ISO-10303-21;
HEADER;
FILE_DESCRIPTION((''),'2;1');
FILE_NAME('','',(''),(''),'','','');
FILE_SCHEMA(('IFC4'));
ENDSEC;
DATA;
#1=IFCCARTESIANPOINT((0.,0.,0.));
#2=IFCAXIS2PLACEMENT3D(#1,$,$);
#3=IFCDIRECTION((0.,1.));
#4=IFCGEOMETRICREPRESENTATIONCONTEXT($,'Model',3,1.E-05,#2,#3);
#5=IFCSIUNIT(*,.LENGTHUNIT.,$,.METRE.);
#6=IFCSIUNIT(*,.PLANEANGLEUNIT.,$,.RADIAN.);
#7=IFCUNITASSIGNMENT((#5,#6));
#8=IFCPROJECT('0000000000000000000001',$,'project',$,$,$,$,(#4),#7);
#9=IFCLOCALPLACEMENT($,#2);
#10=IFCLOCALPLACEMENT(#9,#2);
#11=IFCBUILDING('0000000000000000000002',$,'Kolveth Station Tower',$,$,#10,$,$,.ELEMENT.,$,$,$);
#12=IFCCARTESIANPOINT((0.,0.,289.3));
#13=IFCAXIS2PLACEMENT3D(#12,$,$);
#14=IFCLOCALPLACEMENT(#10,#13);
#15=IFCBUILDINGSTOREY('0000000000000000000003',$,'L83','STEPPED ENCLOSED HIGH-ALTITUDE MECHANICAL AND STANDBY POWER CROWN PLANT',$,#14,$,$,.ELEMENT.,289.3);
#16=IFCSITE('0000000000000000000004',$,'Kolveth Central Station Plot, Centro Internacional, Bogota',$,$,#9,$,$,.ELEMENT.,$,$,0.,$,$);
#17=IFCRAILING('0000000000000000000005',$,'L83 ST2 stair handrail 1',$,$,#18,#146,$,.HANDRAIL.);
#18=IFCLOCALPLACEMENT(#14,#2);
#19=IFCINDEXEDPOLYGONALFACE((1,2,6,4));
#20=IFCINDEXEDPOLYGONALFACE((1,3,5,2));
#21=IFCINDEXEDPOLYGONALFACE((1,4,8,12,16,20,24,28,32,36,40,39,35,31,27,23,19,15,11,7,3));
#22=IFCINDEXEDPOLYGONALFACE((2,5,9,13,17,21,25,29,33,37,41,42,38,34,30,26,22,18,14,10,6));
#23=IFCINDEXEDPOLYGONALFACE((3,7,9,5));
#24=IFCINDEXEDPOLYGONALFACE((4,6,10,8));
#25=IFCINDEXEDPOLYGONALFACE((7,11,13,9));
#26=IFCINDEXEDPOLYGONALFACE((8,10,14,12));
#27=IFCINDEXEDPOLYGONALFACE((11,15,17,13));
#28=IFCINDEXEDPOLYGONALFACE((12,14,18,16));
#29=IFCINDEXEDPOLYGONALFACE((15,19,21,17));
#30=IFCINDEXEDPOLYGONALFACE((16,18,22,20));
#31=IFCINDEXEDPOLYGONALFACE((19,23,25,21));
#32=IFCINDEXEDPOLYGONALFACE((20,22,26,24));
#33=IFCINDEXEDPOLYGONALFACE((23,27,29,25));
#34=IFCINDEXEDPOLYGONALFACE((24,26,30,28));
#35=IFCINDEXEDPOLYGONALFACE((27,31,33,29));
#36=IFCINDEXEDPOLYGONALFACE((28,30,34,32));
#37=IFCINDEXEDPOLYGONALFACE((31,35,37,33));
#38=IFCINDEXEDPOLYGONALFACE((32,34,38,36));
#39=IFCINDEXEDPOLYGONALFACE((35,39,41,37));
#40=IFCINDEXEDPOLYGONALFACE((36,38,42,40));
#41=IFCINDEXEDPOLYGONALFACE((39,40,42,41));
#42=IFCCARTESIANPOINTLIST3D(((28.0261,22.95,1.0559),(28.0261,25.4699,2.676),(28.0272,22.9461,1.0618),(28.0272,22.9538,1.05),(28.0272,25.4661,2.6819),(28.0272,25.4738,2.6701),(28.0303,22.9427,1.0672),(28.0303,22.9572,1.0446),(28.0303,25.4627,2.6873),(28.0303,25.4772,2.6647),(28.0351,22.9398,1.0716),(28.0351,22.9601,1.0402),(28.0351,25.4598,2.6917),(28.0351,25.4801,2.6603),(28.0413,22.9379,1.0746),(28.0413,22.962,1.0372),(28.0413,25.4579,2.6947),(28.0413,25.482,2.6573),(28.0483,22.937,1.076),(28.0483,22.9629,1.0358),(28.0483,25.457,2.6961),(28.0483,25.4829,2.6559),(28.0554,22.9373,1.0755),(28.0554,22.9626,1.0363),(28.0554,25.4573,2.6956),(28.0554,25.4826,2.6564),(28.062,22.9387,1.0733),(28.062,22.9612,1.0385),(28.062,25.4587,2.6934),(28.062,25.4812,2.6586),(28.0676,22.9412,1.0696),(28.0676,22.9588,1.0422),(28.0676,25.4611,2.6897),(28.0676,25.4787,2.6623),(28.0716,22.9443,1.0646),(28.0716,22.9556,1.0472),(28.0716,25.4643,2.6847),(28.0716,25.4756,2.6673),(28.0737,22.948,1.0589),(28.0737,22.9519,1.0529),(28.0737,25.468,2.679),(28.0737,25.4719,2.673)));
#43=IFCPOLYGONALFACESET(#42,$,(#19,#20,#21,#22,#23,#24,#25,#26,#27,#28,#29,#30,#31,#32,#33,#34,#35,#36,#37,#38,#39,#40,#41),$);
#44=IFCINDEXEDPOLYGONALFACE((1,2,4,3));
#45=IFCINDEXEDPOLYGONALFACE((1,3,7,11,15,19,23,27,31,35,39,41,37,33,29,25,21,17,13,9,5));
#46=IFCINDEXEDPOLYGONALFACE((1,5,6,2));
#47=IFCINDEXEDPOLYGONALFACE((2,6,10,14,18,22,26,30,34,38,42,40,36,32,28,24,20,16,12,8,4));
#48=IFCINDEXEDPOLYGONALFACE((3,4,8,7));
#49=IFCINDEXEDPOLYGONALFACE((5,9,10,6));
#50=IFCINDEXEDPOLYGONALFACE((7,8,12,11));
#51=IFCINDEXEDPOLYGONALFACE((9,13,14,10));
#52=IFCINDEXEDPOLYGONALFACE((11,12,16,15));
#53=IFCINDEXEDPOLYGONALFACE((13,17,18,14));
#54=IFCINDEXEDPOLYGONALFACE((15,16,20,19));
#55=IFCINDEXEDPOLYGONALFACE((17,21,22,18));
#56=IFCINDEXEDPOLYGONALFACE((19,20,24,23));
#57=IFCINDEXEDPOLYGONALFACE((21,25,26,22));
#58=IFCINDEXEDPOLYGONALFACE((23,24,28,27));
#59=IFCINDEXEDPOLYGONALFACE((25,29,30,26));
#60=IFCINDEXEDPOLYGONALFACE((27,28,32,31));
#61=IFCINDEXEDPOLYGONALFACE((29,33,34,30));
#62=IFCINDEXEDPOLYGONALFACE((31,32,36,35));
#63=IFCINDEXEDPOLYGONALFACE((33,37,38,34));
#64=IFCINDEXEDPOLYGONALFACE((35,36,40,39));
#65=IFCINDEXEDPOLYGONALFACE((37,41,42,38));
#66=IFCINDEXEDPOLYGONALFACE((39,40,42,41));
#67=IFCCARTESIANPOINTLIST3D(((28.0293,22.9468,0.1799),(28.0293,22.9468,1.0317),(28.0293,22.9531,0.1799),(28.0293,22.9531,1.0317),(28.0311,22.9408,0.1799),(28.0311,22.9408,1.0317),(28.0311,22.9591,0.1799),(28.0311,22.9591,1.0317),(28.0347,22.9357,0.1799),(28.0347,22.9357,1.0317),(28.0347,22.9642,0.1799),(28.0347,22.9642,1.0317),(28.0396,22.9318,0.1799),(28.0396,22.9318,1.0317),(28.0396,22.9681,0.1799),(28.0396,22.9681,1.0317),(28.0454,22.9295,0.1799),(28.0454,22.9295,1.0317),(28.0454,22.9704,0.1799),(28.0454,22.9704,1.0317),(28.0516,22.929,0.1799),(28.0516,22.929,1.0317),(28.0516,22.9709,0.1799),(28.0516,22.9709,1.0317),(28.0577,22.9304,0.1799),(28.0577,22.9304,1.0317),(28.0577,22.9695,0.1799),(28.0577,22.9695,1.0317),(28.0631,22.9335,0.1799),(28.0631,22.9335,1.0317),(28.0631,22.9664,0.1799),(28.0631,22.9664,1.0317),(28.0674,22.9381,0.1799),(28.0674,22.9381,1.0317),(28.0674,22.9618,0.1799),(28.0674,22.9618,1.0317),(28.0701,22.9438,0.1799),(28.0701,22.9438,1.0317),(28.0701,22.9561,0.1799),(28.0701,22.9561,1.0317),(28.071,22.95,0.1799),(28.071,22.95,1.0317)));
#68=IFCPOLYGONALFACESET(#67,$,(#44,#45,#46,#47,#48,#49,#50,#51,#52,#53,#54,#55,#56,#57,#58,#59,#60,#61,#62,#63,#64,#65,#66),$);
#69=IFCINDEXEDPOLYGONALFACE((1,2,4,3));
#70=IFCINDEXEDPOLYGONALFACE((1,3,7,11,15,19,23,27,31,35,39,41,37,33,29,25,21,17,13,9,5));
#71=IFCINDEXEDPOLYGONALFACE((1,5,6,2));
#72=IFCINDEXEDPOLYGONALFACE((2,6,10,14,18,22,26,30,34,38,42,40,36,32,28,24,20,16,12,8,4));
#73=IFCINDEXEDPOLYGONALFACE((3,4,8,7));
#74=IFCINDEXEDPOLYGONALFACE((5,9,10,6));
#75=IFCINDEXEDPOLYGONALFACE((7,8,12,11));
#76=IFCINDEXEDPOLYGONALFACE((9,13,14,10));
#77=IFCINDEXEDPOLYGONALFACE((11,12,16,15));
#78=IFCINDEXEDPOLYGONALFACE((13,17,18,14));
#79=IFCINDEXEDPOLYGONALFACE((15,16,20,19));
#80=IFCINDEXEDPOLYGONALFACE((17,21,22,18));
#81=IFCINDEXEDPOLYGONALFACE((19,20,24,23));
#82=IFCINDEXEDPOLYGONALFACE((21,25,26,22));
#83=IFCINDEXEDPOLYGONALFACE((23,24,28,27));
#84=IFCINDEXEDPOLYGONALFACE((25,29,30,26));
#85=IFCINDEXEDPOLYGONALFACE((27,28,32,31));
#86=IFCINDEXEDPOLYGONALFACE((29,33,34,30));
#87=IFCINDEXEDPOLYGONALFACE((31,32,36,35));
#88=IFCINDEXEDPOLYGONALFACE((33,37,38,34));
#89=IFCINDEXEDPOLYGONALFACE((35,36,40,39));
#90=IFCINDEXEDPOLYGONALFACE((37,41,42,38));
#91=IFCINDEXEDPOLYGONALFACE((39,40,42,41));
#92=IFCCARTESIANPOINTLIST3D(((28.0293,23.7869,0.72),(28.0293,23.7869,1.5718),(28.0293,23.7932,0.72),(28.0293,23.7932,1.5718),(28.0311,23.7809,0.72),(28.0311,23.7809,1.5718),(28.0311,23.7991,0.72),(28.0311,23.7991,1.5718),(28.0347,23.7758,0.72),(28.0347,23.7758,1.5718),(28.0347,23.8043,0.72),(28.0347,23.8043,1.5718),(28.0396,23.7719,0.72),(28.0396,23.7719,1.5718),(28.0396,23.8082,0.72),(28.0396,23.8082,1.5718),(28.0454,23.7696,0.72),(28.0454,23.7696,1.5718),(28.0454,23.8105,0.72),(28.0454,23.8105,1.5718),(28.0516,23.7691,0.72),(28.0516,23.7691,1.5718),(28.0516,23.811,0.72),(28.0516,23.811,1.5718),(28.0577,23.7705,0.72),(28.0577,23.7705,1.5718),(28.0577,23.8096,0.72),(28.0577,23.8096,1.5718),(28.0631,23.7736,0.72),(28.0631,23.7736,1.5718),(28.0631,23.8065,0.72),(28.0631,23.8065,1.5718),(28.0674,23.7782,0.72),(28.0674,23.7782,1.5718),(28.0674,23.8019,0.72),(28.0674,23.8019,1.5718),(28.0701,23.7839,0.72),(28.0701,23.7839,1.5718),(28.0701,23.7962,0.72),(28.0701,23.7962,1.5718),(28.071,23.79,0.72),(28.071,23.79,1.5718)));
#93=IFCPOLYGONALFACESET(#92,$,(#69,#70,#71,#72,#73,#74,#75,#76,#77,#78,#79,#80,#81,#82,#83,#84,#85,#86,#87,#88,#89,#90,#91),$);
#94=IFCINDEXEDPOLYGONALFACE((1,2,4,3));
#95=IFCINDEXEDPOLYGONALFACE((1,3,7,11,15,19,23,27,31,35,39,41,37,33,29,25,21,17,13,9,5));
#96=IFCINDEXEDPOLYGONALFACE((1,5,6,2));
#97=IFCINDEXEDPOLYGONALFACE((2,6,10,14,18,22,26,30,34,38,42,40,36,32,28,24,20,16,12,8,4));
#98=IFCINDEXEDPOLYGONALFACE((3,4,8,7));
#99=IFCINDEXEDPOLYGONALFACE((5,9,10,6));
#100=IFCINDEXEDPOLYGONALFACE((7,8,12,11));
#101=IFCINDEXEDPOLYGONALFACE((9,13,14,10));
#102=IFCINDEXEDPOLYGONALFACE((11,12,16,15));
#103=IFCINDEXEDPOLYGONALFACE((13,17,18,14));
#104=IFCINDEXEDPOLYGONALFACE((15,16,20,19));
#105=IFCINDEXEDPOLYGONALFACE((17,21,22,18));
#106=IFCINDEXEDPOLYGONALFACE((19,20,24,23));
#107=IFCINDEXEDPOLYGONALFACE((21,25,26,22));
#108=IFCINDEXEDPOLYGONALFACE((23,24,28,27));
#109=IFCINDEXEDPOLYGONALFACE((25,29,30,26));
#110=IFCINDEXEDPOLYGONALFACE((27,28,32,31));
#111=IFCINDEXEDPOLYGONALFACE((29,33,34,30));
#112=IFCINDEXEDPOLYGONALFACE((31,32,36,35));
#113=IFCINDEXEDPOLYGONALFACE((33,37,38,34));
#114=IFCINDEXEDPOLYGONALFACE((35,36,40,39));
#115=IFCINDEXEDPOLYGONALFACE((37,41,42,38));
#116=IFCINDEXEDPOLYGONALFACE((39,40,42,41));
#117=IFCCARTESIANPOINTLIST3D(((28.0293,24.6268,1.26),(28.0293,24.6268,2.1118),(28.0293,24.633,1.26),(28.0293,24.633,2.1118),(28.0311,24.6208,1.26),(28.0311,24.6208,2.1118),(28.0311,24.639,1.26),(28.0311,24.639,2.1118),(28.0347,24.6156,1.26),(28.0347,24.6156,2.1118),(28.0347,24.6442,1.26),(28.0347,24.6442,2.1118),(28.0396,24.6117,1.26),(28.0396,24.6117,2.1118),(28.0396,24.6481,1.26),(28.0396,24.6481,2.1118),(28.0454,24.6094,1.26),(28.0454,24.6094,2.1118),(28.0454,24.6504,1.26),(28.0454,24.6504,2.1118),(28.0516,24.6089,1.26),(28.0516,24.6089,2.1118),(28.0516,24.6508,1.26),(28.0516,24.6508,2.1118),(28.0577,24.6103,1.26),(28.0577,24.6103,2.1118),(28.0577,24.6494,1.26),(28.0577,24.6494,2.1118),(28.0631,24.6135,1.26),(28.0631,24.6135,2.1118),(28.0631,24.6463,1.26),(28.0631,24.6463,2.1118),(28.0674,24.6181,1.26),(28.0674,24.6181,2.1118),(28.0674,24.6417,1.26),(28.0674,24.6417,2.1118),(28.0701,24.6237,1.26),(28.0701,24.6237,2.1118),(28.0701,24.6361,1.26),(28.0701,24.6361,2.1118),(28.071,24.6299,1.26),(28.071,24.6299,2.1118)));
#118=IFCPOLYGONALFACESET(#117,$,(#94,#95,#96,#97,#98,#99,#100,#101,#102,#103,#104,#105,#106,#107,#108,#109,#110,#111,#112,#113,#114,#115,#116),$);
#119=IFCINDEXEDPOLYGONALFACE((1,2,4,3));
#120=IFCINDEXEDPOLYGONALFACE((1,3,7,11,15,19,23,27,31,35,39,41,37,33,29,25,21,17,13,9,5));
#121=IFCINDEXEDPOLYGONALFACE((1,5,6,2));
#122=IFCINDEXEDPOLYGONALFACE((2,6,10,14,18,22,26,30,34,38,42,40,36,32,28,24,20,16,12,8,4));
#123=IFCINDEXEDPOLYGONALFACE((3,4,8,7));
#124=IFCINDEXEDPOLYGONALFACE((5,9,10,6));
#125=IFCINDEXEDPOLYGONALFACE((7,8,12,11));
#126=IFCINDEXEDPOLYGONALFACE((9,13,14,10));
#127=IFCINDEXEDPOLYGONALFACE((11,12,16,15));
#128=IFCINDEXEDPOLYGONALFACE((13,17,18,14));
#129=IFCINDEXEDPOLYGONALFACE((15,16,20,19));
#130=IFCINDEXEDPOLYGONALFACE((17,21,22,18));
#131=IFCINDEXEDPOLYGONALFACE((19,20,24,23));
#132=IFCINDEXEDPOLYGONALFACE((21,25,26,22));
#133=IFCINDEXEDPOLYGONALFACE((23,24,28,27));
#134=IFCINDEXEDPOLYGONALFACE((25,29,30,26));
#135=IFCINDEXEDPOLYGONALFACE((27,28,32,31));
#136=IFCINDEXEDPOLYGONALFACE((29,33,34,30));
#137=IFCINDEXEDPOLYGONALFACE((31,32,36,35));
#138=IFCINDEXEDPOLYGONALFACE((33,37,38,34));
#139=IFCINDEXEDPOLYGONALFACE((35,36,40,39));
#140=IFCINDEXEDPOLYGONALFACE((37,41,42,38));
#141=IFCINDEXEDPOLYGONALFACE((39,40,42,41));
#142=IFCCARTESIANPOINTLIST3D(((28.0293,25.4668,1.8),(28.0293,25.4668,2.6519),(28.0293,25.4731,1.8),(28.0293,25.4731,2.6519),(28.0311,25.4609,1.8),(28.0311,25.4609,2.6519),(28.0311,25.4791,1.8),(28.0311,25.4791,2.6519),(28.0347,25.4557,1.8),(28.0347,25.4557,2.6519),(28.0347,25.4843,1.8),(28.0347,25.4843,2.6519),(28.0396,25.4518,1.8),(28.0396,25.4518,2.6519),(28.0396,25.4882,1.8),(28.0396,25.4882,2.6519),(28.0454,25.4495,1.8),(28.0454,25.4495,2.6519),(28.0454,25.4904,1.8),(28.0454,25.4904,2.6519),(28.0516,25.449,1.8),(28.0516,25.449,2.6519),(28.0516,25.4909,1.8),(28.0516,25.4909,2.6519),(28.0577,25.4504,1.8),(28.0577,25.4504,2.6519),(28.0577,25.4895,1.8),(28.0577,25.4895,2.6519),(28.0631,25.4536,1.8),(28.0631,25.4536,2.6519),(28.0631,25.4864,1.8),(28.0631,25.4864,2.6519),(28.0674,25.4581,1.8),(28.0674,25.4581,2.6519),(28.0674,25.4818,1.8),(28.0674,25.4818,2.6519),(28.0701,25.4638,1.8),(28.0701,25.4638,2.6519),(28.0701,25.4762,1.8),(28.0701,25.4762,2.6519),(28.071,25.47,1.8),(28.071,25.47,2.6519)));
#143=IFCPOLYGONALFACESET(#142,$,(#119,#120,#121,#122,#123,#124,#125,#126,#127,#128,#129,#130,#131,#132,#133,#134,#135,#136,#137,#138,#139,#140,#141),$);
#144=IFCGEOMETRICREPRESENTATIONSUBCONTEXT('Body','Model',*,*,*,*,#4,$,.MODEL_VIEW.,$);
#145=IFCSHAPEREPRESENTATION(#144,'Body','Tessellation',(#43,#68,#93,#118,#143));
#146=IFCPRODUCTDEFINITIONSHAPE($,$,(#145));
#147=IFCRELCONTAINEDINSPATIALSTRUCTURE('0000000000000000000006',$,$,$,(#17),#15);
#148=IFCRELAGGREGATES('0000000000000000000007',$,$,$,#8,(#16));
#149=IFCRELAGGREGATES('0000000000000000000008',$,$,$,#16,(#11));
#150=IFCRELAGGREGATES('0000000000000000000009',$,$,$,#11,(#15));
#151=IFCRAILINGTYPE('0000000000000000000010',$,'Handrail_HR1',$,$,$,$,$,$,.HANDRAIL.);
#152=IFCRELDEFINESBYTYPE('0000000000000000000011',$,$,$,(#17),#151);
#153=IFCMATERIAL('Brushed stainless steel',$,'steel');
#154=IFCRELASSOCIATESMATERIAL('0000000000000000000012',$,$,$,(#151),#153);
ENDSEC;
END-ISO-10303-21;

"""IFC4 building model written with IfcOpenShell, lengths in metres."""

from ifc_helpers import new_model, si_unit, direction, frame, origin, origin_2d, place, context, subcontext, project, spatial, circle, extrude, material, type_object, element, save


model = new_model("IFC4")

# Units and contexts
model_context = context("Model", 3, precision=1e-05, world=origin(), true_north=direction((0.0, 1.0)))
body_context = subcontext(model_context, "Body", "Model", "MODEL_VIEW")
ifc_project = project(units=[si_unit("LENGTHUNIT", "METRE"), si_unit("PLANEANGLEUNIT", "RADIAN")], contexts=[model_context])

# Site, building, storey
site_placement = place(None, origin())
site = spatial("IfcSite", under=ifc_project, at=site_placement, Name="Kolveth Central Station Plot, Centro Internacional, Bogota", CompositionType="ELEMENT", RefElevation=0.0)
building_placement = place(site_placement, origin())
building = spatial("IfcBuilding", under=site, at=building_placement, Name="Kolveth Station Tower", CompositionType="ELEMENT")
storey_placement = place(building_placement, frame((0.0, 0.0, 289.3)))
storey = spatial("IfcBuildingStorey", under=building, at=storey_placement, Name="L83", Description="STEPPED ENCLOSED HIGH-ALTITUDE MECHANICAL AND STANDBY POWER CROWN PLANT", CompositionType="ELEMENT", Elevation=289.3)

# Railing
ifc_material_1 = material(Name="Brushed stainless steel", Category="steel")
railing_type_1 = type_object("IfcRailingType", Name="Handrail_HR1", PredefinedType="HANDRAIL", material=ifc_material_1)
railing_1_placement = place(storey_placement, frame((28.05, 22.95, 0.1799)))
element("IfcRailing", 1, at=railing_1_placement, inside=storey, type_object=railing_type_1, Name="L83 ST2 stair handrail 1", PredefinedType="HANDRAIL", context=body_context, shape_type="SweptSolid", body=[
    extrude(circle(Radius=0.0239, at=origin_2d()), frame((0.0, 0.0, 0.876), z_axis=(0.0, 0.841163, 0.540782), x_axis=(-1.0, 0.0, 0.0)), (0.0, 0.0, 1.0), 2.9958),
    extrude(circle(Radius=0.021, at=origin_2d()), origin(), (0.0, 0.0, 1.0), 0.8518),
    extrude(circle(Radius=0.021, at=origin_2d()), frame((0.0, 0.8401, 0.54)), (0.0, 0.0, 1.0), 0.8518),
    extrude(circle(Radius=0.021, at=origin_2d()), frame((0.0, 1.6799, 1.0801)), (0.0, 0.0, 1.0), 0.8518),
    extrude(circle(Radius=0.021, at=origin_2d()), frame((0.0, 2.52, 1.6201)), (0.0, 0.0, 1.0), 0.8518),
])

save(model, "model.ifc")
